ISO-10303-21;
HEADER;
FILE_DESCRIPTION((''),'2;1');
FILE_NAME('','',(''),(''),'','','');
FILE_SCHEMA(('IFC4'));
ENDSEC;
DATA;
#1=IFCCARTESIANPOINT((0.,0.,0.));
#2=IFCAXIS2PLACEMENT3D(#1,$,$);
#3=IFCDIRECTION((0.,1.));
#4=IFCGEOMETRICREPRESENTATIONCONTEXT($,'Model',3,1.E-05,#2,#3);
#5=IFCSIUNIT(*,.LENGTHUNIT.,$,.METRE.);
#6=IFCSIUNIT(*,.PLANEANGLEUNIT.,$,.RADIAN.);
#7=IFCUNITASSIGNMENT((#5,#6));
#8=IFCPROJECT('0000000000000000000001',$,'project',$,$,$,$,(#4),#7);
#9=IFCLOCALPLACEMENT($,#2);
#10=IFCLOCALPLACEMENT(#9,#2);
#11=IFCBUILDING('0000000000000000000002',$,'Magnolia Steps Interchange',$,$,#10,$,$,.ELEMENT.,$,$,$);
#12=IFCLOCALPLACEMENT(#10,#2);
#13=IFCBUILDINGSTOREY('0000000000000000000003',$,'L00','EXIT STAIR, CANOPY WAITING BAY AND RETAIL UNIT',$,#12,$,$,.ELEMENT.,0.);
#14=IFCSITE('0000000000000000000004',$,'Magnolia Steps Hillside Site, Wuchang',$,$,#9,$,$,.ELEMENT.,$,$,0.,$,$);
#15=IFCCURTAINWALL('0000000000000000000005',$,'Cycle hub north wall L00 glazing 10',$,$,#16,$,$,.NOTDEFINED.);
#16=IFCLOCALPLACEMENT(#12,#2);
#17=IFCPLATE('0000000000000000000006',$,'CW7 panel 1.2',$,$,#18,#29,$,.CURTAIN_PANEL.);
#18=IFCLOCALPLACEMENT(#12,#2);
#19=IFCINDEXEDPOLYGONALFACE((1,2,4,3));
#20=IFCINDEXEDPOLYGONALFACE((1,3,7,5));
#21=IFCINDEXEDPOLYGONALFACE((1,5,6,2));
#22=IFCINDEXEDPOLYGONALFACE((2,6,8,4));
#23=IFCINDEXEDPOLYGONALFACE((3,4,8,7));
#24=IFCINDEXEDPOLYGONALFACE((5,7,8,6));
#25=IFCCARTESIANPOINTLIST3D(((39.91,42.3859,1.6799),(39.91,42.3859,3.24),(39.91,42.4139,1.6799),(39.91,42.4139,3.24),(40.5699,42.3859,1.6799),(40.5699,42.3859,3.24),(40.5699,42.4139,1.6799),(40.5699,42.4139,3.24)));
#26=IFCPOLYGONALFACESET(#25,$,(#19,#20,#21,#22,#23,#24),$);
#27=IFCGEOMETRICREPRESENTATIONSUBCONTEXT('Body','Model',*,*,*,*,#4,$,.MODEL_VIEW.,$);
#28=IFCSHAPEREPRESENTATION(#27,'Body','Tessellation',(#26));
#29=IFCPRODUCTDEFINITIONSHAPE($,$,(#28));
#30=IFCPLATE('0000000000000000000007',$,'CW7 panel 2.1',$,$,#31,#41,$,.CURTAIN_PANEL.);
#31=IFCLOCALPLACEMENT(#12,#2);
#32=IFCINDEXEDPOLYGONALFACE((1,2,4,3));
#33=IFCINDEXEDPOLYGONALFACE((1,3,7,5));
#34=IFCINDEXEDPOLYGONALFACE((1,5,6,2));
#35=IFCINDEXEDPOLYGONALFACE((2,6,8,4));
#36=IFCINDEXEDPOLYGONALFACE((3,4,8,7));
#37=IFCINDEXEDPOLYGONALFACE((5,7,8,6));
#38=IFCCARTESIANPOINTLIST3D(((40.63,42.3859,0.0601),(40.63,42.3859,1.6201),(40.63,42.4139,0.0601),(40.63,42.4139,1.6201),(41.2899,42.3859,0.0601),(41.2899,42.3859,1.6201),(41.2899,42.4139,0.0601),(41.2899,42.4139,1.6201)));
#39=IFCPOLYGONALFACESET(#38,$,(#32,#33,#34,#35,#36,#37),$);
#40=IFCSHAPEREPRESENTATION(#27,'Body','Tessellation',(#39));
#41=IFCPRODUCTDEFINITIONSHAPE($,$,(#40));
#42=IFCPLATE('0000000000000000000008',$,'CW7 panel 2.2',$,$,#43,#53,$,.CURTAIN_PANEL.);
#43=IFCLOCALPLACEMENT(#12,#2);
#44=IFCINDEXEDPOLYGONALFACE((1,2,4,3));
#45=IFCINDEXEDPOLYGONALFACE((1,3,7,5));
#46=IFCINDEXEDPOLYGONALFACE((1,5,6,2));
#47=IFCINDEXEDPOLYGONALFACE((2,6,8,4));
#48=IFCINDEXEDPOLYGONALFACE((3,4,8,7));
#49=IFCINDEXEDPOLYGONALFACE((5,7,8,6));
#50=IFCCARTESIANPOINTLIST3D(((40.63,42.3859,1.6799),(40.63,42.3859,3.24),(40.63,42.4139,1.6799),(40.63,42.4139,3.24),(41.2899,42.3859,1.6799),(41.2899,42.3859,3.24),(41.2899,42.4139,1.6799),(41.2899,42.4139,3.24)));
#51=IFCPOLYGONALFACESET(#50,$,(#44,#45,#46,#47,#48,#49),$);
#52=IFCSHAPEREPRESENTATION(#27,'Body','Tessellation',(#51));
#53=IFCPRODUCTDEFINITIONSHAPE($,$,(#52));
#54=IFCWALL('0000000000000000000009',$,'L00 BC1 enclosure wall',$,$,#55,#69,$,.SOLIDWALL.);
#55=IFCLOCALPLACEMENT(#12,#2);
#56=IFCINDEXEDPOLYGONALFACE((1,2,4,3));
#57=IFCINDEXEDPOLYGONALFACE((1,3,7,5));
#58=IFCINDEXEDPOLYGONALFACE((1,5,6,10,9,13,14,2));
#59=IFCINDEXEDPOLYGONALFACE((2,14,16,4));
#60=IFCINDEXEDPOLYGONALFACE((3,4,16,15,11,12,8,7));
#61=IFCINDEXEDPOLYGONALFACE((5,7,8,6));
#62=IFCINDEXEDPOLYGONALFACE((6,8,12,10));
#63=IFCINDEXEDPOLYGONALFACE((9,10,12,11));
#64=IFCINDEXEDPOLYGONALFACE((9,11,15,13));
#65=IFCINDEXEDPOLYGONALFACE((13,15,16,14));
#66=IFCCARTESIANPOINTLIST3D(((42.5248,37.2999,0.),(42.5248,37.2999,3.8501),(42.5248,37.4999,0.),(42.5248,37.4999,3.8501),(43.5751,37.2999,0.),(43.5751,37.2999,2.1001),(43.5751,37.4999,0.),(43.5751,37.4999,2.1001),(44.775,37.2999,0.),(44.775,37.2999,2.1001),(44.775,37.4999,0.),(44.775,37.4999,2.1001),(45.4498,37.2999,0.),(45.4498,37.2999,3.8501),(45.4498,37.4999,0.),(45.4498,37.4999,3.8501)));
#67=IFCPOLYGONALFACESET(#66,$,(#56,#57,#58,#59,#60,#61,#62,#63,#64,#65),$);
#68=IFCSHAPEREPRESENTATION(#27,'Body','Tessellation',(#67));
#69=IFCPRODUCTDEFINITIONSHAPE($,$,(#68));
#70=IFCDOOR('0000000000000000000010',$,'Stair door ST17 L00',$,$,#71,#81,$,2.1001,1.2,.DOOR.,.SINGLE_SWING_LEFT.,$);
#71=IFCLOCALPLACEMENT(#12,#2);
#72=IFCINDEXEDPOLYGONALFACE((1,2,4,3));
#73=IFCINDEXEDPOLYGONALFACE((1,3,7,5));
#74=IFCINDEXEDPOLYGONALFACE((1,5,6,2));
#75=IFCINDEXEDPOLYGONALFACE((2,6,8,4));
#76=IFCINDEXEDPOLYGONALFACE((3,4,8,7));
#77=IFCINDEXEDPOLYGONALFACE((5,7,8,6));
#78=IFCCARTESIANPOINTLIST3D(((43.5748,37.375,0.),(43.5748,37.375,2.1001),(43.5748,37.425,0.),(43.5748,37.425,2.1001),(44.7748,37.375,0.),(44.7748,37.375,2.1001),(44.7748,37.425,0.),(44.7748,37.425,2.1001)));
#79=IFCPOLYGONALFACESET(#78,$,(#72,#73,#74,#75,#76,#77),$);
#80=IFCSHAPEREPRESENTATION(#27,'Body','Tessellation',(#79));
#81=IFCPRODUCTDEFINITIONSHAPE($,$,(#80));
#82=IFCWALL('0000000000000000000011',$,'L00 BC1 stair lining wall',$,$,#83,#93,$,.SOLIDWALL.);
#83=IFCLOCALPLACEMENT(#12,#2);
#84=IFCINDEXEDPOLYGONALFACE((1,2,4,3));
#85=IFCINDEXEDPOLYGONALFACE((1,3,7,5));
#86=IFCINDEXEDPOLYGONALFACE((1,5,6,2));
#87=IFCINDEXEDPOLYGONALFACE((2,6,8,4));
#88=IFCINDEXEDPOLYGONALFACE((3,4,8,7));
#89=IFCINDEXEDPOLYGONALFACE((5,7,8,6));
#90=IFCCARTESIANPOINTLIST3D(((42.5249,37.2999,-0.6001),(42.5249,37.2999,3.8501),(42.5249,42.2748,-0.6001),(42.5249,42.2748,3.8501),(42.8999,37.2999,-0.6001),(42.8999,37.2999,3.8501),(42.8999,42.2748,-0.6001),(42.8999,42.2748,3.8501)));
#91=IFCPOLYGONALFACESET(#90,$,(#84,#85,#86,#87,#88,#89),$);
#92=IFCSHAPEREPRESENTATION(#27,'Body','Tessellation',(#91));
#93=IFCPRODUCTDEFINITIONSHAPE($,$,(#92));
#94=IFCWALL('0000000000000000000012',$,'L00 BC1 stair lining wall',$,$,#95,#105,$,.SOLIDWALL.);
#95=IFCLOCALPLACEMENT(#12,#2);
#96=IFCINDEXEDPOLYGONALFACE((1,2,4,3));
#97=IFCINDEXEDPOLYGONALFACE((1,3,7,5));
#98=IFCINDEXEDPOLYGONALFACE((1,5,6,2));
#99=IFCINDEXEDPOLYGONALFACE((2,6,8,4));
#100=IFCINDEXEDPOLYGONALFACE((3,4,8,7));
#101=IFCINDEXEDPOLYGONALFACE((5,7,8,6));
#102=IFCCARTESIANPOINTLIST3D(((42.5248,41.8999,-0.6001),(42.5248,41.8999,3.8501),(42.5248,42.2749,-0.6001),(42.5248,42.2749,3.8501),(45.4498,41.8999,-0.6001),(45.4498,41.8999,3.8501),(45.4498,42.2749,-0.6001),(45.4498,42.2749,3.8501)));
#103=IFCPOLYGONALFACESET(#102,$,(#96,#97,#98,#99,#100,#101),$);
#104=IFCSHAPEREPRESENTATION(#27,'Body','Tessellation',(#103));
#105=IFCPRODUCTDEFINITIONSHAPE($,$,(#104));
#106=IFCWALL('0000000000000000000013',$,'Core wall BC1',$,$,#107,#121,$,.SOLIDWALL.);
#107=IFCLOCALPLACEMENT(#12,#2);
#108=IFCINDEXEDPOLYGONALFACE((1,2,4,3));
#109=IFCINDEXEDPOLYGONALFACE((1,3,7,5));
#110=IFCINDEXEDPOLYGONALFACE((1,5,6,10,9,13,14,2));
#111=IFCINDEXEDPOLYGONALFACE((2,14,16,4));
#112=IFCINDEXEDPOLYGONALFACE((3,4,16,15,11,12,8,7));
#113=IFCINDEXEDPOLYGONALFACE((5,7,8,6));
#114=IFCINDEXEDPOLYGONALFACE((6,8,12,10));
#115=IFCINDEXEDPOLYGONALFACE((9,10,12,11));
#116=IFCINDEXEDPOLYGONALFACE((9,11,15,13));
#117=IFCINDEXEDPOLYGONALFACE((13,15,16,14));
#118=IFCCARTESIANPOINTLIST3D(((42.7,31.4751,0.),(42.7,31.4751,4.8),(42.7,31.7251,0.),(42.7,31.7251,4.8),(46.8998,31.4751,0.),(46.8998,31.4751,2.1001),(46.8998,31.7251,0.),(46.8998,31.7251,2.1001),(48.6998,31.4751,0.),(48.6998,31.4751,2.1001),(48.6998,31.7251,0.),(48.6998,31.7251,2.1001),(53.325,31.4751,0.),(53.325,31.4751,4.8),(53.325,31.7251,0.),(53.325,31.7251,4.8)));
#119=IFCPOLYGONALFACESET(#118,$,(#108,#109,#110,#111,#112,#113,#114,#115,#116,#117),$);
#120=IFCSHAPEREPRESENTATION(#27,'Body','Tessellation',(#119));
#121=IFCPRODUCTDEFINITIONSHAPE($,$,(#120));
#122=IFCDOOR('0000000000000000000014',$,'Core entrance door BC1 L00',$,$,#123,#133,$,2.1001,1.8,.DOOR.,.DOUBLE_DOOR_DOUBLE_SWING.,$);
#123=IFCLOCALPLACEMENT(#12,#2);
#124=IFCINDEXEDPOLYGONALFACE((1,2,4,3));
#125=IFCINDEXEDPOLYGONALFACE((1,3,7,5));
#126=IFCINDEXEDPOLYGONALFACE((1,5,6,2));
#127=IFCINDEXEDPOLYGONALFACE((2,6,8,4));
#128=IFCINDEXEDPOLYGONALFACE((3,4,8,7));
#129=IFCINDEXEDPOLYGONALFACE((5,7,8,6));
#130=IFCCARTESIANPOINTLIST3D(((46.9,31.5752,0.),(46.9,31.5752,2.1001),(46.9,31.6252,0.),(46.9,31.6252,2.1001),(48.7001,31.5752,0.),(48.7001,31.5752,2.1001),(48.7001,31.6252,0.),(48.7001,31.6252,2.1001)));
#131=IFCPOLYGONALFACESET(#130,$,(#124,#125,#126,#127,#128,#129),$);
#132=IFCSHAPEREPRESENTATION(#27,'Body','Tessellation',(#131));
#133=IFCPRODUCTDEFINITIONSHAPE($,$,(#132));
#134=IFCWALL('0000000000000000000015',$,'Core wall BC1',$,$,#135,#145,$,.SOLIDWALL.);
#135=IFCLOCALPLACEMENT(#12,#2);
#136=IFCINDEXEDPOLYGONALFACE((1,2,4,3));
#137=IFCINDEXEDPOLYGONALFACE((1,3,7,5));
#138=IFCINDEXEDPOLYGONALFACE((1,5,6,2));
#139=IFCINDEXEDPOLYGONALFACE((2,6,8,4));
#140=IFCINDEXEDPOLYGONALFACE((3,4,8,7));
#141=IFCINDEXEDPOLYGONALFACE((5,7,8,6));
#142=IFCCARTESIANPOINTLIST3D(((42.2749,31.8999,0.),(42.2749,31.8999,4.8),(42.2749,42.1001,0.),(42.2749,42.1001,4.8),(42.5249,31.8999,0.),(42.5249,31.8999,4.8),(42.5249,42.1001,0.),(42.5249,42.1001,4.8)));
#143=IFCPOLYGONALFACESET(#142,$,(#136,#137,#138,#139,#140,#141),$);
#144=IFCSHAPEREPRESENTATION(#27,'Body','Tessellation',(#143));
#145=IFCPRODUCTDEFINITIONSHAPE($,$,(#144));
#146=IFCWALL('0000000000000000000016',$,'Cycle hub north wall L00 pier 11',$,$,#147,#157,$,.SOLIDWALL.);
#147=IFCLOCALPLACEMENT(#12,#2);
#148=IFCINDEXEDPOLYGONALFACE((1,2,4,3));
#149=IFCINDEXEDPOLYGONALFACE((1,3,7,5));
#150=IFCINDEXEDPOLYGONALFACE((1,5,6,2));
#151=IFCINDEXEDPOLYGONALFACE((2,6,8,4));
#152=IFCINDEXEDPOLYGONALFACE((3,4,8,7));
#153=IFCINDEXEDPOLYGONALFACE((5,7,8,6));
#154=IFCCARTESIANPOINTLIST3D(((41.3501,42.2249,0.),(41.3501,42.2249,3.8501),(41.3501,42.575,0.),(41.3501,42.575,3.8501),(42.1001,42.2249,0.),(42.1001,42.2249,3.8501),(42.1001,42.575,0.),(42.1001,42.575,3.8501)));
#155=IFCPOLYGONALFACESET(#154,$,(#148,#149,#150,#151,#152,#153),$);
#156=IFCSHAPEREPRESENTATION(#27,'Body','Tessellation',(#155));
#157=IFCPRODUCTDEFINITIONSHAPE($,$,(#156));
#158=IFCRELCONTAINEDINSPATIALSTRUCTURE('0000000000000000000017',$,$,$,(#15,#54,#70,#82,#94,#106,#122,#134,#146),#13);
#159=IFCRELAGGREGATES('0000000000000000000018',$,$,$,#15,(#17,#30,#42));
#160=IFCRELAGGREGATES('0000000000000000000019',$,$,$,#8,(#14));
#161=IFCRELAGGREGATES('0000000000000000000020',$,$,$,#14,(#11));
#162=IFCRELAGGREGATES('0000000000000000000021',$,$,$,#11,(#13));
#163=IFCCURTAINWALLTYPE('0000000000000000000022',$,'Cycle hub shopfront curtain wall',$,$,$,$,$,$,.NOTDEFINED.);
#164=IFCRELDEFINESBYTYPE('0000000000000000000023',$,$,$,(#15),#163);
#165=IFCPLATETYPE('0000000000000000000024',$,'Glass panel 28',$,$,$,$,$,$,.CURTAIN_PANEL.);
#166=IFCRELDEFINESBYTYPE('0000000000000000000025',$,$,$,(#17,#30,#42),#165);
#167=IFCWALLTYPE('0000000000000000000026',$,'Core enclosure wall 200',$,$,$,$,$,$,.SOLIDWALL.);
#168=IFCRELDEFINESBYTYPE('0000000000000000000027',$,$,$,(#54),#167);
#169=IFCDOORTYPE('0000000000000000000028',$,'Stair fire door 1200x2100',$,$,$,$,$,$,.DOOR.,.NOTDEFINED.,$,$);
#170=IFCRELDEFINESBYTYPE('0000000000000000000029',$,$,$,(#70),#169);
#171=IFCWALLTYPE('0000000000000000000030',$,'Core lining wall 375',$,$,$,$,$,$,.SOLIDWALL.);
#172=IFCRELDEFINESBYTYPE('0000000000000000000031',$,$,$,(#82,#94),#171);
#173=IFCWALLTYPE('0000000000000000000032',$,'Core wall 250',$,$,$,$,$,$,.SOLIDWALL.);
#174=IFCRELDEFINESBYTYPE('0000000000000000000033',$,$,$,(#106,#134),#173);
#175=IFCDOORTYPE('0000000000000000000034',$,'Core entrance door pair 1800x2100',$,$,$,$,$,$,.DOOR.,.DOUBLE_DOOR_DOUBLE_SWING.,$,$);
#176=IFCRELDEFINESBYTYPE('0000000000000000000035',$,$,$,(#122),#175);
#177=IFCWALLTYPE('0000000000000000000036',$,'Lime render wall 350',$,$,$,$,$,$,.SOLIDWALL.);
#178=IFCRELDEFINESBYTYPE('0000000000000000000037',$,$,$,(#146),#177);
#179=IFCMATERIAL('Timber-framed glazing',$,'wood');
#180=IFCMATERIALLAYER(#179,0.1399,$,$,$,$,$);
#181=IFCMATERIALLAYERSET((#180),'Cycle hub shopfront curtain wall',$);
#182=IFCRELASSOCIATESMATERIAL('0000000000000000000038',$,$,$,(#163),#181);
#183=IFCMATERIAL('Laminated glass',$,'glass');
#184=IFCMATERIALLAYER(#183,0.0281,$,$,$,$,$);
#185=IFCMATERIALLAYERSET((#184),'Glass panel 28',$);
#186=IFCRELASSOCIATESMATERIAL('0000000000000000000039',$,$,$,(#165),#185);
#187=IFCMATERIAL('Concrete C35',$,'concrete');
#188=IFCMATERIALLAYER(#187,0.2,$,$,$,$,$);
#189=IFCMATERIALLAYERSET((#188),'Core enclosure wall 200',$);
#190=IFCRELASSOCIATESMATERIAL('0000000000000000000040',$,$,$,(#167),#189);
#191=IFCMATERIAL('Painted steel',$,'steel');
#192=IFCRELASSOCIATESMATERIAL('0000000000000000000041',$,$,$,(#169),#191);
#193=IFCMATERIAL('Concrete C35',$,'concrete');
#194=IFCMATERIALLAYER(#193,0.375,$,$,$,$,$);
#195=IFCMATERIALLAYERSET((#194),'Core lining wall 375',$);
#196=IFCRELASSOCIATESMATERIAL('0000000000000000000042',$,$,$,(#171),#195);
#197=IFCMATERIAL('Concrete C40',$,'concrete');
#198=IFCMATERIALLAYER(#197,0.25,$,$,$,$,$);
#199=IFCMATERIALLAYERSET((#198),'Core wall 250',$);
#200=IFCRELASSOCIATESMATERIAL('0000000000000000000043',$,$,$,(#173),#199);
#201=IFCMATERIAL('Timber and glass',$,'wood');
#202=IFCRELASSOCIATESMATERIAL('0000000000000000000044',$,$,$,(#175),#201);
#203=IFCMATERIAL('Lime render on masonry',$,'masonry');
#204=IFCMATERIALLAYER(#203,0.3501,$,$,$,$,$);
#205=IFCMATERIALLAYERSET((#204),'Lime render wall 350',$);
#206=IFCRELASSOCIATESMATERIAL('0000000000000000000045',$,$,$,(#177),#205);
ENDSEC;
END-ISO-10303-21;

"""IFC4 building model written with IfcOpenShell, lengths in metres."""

from ifc_helpers import new_model, si_unit, direction, frame, frame_2d, origin, origin_2d, place, context, subcontext, project, spatial, rectangle, extrude, material, layer, layer_set, type_object, element, fill, aggregate, save


model = new_model("IFC4")

# Units and contexts
model_context = context("Model", 3, precision=1e-05, world=origin(), true_north=direction((0.0, 1.0)))
body_context = subcontext(model_context, "Body", "Model", "MODEL_VIEW")
ifc_project = project(units=[si_unit("LENGTHUNIT", "METRE"), si_unit("PLANEANGLEUNIT", "RADIAN")], contexts=[model_context])

# Site, building, storey
site_placement = place(None, origin())
site = spatial("IfcSite", under=ifc_project, at=site_placement, Name="Magnolia Steps Hillside Site, Wuchang", CompositionType="ELEMENT", RefElevation=0.0)
building_placement = place(site_placement, origin())
building = spatial("IfcBuilding", under=site, at=building_placement, Name="Magnolia Steps Interchange", CompositionType="ELEMENT")
storey_placement = place(building_placement, origin())
storey = spatial("IfcBuildingStorey", under=building, at=storey_placement, Name="L00", Description="EXIT STAIR, CANOPY WAITING BAY AND RETAIL UNIT", CompositionType="ELEMENT", Elevation=0.0)

# Curtain wall
ifc_material_1 = material(Name="Timber-framed glazing", Category="wood")
ifc_layer_1 = layer(ifc_material_1, 0.1399)
ifc_layer_set_1 = layer_set([ifc_layer_1], Name="Cycle hub shopfront curtain wall")
curtain_wall_type = type_object("IfcCurtainWallType", Name="Cycle hub shopfront curtain wall", PredefinedType="NOTDEFINED", material=ifc_layer_set_1)
curtain_wall_1_placement = place(storey_placement, origin())
curtain_wall_1 = element("IfcCurtainWall", 1, at=curtain_wall_1_placement, inside=storey, type_object=curtain_wall_type, Name="Cycle hub north wall L00 glazing 10", PredefinedType="NOTDEFINED")

# Plates
ifc_material_2 = material(Name="Laminated glass", Category="glass")
ifc_layer_2 = layer(ifc_material_2, 0.0281)
ifc_layer_set_2 = layer_set([ifc_layer_2], Name="Glass panel 28")
plate_type = type_object("IfcPlateType", Name="Glass panel 28", PredefinedType="CURTAIN_PANEL", material=ifc_layer_set_2)
plate_1_placement = place(storey_placement, frame((40.24, 42.3999, 1.6799), z_axis=(0.0, 0.0, 1.0), x_axis=(1.0, 0.0, 0.0)))
plate_1 = element("IfcPlate", 2, at=plate_1_placement, type_object=plate_type, Name="CW7 panel 1.2", PredefinedType="CURTAIN_PANEL", context=body_context, shape_type="SweptSolid", body=[
    extrude(rectangle(XDim=0.6599, YDim=0.0281, at=origin_2d()), origin(), (0.0, 0.0, 1.0), 1.5601),
])
plate_2_placement = place(storey_placement, frame((40.96, 42.3999, 0.0601), z_axis=(0.0, 0.0, 1.0), x_axis=(1.0, 0.0, 0.0)))
plate_2 = element("IfcPlate", 3, at=plate_2_placement, type_object=plate_type, Name="CW7 panel 2.1", PredefinedType="CURTAIN_PANEL", context=body_context, shape_type="SweptSolid", body=[
    extrude(rectangle(XDim=0.6599, YDim=0.0281, at=origin_2d()), origin(), (0.0, 0.0, 1.0), 1.5601),
])
plate_3_placement = place(storey_placement, frame((40.96, 42.3999, 1.6799), z_axis=(0.0, 0.0, 1.0), x_axis=(1.0, 0.0, 0.0)))
plate_3 = element("IfcPlate", 4, at=plate_3_placement, type_object=plate_type, Name="CW7 panel 2.2", PredefinedType="CURTAIN_PANEL", context=body_context, shape_type="SweptSolid", body=[
    extrude(rectangle(XDim=0.6599, YDim=0.0281, at=origin_2d()), origin(), (0.0, 0.0, 1.0), 1.5601),
])
aggregate(curtain_wall_1, [plate_1, plate_2, plate_3])

# Wall, opening, door
ifc_material_3 = material(Name="Concrete C35", Category="concrete")
ifc_layer_3 = layer(ifc_material_3, 0.2)
ifc_layer_set_3 = layer_set([ifc_layer_3], Name="Core enclosure wall 200")
wall_type_1 = type_object("IfcWallType", Name="Core enclosure wall 200", PredefinedType="SOLIDWALL", material=ifc_layer_set_3)
wall_1_placement = place(storey_placement, frame((42.5249, 37.3999, 0.0), z_axis=(0.0, 0.0, 1.0), x_axis=(1.0, 0.0, 0.0)))
wall_1 = element("IfcWall", 5, at=wall_1_placement, inside=storey, type_object=wall_type_1, Name="L00 BC1 enclosure wall", PredefinedType="SOLIDWALL", context=body_context, shape_type="SweptSolid", body=[
    extrude(rectangle(XDim=2.925, YDim=0.2, at=frame_2d((1.4624, 0.0))), origin(), (0.0, 0.0, 1.0), 3.8501),
])
opening_1_placement = place(wall_1_placement, frame((1.05, 0.0, 0.0)))
opening_1 = element("IfcOpeningElement", 6, at=opening_1_placement, cuts=wall_1, PredefinedType="OPENING", context=body_context, shape_type="SweptSolid", body=[
    extrude(rectangle(XDim=1.2, YDim=2.1001, at=frame_2d((0.6001, 1.05))), frame((0.0, 0.1099, 0.0), z_axis=(0.0, -1.0, 0.0), x_axis=(1.0, 0.0, 0.0)), (0.0, 0.0, 1.0), 0.22),
])
ifc_material_4 = material(Name="Painted steel", Category="steel")
door_type_1 = type_object("IfcDoorType", Name="Stair fire door 1200x2100", OperationType="NOTDEFINED", PredefinedType="DOOR", material=ifc_material_4)
door_1_placement = place(opening_1_placement, frame((1.2, 0.0, 0.0), z_axis=(0.0, 0.0, 1.0), x_axis=(-1.0, 0.0, 0.0)))
door_1 = element("IfcDoor", 7, at=door_1_placement, inside=storey, type_object=door_type_1, Name="Stair door ST17 L00", OperationType="SINGLE_SWING_LEFT", OverallHeight=2.1001, OverallWidth=1.2, PredefinedType="DOOR", context=body_context, shape_type="SweptSolid", body=[
    extrude(rectangle(XDim=1.2, YDim=2.1001, at=frame_2d((0.6001, 1.05))), frame((0.0, 0.0249, 0.0), z_axis=(0.0, -1.0, 0.0), x_axis=(1.0, 0.0, 0.0)), (0.0, 0.0, 1.0), 0.05),
])
fill(opening_1, door_1)

# Walls
ifc_material_5 = material(Name="Concrete C35", Category="concrete")
ifc_layer_4 = layer(ifc_material_5, 0.375)
ifc_layer_set_4 = layer_set([ifc_layer_4], Name="Core lining wall 375")
wall_type_2 = type_object("IfcWallType", Name="Core lining wall 375", PredefinedType="SOLIDWALL", material=ifc_layer_set_4)
wall_2_placement = place(storey_placement, frame((42.7124, 37.3, -0.6001), z_axis=(0.0, 0.0, 1.0), x_axis=(0.0, 1.0, 0.0)))
element("IfcWall", 8, at=wall_2_placement, inside=storey, type_object=wall_type_2, Name="L00 BC1 stair lining wall", PredefinedType="SOLIDWALL", context=body_context, shape_type="SweptSolid", body=[
    extrude(rectangle(XDim=4.9749, YDim=0.375, at=frame_2d((2.4873, 0.0))), origin(), (0.0, 0.0, 1.0), 4.4502),
])
wall_3_placement = place(storey_placement, frame((42.5249, 42.0874, -0.6001), z_axis=(0.0, 0.0, 1.0), x_axis=(1.0, 0.0, 0.0)))
element("IfcWall", 9, at=wall_3_placement, inside=storey, type_object=wall_type_2, Name="L00 BC1 stair lining wall", PredefinedType="SOLIDWALL", context=body_context, shape_type="SweptSolid", body=[
    extrude(rectangle(XDim=2.925, YDim=0.375, at=frame_2d((1.4624, 0.0))), origin(), (0.0, 0.0, 1.0), 4.4502),
])

# Wall, opening, door
ifc_material_6 = material(Name="Concrete C40", Category="concrete")
ifc_layer_5 = layer(ifc_material_6, 0.25)
ifc_layer_set_5 = layer_set([ifc_layer_5], Name="Core wall 250")
wall_type_3 = type_object("IfcWallType", Name="Core wall 250", PredefinedType="SOLIDWALL", material=ifc_layer_set_5)
wall_4_placement = place(storey_placement, frame((42.7, 31.6001, 0.0), z_axis=(0.0, 0.0, 1.0), x_axis=(1.0, 0.0, 0.0)))
wall_4 = element("IfcWall", 10, at=wall_4_placement, inside=storey, type_object=wall_type_3, Name="Core wall BC1", PredefinedType="SOLIDWALL", context=body_context, shape_type="SweptSolid", body=[
    extrude(rectangle(XDim=10.625, YDim=0.25, at=frame_2d((5.3125, 0.0))), origin(), (0.0, 0.0, 1.0), 4.8),
])
opening_2_placement = place(wall_4_placement, frame((4.2, 0.0, 0.0)))
opening_2 = element("IfcOpeningElement", 11, at=opening_2_placement, cuts=wall_4, PredefinedType="OPENING", context=body_context, shape_type="SweptSolid", body=[
    extrude(rectangle(XDim=1.8, YDim=2.1001, at=frame_2d((0.8999, 1.05))), frame((0.0, 0.135, 0.0), z_axis=(0.0, -1.0, 0.0), x_axis=(1.0, 0.0, 0.0)), (0.0, 0.0, 1.0), 0.27),
])
ifc_material_7 = material(Name="Timber and glass", Category="wood")
door_type_2 = type_object("IfcDoorType", Name="Core entrance door pair 1800x2100", OperationType="DOUBLE_DOOR_DOUBLE_SWING", PredefinedType="DOOR", material=ifc_material_7)
door_2_placement = place(opening_2_placement, frame((1.8, 0.0, 0.0), z_axis=(0.0, 0.0, 1.0), x_axis=(-1.0, 0.0, 0.0)))
door_2 = element("IfcDoor", 12, at=door_2_placement, inside=storey, type_object=door_type_2, Name="Core entrance door BC1 L00", OperationType="DOUBLE_DOOR_DOUBLE_SWING", OverallHeight=2.1001, OverallWidth=1.8, PredefinedType="DOOR", context=body_context, shape_type="SweptSolid", body=[
    extrude(rectangle(XDim=1.8, YDim=2.1001, at=frame_2d((0.8999, 1.05))), frame((0.0, 0.0249, 0.0), z_axis=(0.0, -1.0, 0.0), x_axis=(1.0, 0.0, 0.0)), (0.0, 0.0, 1.0), 0.05),
])
fill(opening_2, door_2)

# Walls
wall_5_placement = place(storey_placement, frame((42.3999, 42.1001, 0.0), z_axis=(0.0, 0.0, 1.0), x_axis=(0.0, -1.0, 0.0)))
element("IfcWall", 13, at=wall_5_placement, inside=storey, type_object=wall_type_3, Name="Core wall BC1", PredefinedType="SOLIDWALL", context=body_context, shape_type="SweptSolid", body=[
    extrude(rectangle(XDim=10.2002, YDim=0.25, at=frame_2d((5.1001, 0.0))), origin(), (0.0, 0.0, 1.0), 4.8),
])
ifc_material_8 = material(Name="Lime render on masonry", Category="masonry")
ifc_layer_6 = layer(ifc_material_8, 0.3501)
ifc_layer_set_6 = layer_set([ifc_layer_6], Name="Lime render wall 350")
wall_type_4 = type_object("IfcWallType", Name="Lime render wall 350", PredefinedType="SOLIDWALL", material=ifc_layer_set_6)
wall_6_placement = place(storey_placement, frame((41.3501, 42.3999, 0.0), z_axis=(0.0, 0.0, 1.0), x_axis=(1.0, 0.0, 0.0)))
element("IfcWall", 14, at=wall_6_placement, inside=storey, type_object=wall_type_4, Name="Cycle hub north wall L00 pier 11", PredefinedType="SOLIDWALL", context=body_context, shape_type="SweptSolid", body=[
    extrude(rectangle(XDim=0.75, YDim=0.3501, at=frame_2d((0.375, 0.0))), origin(), (0.0, 0.0, 1.0), 3.8501),
])

save(model, "model.ifc")
